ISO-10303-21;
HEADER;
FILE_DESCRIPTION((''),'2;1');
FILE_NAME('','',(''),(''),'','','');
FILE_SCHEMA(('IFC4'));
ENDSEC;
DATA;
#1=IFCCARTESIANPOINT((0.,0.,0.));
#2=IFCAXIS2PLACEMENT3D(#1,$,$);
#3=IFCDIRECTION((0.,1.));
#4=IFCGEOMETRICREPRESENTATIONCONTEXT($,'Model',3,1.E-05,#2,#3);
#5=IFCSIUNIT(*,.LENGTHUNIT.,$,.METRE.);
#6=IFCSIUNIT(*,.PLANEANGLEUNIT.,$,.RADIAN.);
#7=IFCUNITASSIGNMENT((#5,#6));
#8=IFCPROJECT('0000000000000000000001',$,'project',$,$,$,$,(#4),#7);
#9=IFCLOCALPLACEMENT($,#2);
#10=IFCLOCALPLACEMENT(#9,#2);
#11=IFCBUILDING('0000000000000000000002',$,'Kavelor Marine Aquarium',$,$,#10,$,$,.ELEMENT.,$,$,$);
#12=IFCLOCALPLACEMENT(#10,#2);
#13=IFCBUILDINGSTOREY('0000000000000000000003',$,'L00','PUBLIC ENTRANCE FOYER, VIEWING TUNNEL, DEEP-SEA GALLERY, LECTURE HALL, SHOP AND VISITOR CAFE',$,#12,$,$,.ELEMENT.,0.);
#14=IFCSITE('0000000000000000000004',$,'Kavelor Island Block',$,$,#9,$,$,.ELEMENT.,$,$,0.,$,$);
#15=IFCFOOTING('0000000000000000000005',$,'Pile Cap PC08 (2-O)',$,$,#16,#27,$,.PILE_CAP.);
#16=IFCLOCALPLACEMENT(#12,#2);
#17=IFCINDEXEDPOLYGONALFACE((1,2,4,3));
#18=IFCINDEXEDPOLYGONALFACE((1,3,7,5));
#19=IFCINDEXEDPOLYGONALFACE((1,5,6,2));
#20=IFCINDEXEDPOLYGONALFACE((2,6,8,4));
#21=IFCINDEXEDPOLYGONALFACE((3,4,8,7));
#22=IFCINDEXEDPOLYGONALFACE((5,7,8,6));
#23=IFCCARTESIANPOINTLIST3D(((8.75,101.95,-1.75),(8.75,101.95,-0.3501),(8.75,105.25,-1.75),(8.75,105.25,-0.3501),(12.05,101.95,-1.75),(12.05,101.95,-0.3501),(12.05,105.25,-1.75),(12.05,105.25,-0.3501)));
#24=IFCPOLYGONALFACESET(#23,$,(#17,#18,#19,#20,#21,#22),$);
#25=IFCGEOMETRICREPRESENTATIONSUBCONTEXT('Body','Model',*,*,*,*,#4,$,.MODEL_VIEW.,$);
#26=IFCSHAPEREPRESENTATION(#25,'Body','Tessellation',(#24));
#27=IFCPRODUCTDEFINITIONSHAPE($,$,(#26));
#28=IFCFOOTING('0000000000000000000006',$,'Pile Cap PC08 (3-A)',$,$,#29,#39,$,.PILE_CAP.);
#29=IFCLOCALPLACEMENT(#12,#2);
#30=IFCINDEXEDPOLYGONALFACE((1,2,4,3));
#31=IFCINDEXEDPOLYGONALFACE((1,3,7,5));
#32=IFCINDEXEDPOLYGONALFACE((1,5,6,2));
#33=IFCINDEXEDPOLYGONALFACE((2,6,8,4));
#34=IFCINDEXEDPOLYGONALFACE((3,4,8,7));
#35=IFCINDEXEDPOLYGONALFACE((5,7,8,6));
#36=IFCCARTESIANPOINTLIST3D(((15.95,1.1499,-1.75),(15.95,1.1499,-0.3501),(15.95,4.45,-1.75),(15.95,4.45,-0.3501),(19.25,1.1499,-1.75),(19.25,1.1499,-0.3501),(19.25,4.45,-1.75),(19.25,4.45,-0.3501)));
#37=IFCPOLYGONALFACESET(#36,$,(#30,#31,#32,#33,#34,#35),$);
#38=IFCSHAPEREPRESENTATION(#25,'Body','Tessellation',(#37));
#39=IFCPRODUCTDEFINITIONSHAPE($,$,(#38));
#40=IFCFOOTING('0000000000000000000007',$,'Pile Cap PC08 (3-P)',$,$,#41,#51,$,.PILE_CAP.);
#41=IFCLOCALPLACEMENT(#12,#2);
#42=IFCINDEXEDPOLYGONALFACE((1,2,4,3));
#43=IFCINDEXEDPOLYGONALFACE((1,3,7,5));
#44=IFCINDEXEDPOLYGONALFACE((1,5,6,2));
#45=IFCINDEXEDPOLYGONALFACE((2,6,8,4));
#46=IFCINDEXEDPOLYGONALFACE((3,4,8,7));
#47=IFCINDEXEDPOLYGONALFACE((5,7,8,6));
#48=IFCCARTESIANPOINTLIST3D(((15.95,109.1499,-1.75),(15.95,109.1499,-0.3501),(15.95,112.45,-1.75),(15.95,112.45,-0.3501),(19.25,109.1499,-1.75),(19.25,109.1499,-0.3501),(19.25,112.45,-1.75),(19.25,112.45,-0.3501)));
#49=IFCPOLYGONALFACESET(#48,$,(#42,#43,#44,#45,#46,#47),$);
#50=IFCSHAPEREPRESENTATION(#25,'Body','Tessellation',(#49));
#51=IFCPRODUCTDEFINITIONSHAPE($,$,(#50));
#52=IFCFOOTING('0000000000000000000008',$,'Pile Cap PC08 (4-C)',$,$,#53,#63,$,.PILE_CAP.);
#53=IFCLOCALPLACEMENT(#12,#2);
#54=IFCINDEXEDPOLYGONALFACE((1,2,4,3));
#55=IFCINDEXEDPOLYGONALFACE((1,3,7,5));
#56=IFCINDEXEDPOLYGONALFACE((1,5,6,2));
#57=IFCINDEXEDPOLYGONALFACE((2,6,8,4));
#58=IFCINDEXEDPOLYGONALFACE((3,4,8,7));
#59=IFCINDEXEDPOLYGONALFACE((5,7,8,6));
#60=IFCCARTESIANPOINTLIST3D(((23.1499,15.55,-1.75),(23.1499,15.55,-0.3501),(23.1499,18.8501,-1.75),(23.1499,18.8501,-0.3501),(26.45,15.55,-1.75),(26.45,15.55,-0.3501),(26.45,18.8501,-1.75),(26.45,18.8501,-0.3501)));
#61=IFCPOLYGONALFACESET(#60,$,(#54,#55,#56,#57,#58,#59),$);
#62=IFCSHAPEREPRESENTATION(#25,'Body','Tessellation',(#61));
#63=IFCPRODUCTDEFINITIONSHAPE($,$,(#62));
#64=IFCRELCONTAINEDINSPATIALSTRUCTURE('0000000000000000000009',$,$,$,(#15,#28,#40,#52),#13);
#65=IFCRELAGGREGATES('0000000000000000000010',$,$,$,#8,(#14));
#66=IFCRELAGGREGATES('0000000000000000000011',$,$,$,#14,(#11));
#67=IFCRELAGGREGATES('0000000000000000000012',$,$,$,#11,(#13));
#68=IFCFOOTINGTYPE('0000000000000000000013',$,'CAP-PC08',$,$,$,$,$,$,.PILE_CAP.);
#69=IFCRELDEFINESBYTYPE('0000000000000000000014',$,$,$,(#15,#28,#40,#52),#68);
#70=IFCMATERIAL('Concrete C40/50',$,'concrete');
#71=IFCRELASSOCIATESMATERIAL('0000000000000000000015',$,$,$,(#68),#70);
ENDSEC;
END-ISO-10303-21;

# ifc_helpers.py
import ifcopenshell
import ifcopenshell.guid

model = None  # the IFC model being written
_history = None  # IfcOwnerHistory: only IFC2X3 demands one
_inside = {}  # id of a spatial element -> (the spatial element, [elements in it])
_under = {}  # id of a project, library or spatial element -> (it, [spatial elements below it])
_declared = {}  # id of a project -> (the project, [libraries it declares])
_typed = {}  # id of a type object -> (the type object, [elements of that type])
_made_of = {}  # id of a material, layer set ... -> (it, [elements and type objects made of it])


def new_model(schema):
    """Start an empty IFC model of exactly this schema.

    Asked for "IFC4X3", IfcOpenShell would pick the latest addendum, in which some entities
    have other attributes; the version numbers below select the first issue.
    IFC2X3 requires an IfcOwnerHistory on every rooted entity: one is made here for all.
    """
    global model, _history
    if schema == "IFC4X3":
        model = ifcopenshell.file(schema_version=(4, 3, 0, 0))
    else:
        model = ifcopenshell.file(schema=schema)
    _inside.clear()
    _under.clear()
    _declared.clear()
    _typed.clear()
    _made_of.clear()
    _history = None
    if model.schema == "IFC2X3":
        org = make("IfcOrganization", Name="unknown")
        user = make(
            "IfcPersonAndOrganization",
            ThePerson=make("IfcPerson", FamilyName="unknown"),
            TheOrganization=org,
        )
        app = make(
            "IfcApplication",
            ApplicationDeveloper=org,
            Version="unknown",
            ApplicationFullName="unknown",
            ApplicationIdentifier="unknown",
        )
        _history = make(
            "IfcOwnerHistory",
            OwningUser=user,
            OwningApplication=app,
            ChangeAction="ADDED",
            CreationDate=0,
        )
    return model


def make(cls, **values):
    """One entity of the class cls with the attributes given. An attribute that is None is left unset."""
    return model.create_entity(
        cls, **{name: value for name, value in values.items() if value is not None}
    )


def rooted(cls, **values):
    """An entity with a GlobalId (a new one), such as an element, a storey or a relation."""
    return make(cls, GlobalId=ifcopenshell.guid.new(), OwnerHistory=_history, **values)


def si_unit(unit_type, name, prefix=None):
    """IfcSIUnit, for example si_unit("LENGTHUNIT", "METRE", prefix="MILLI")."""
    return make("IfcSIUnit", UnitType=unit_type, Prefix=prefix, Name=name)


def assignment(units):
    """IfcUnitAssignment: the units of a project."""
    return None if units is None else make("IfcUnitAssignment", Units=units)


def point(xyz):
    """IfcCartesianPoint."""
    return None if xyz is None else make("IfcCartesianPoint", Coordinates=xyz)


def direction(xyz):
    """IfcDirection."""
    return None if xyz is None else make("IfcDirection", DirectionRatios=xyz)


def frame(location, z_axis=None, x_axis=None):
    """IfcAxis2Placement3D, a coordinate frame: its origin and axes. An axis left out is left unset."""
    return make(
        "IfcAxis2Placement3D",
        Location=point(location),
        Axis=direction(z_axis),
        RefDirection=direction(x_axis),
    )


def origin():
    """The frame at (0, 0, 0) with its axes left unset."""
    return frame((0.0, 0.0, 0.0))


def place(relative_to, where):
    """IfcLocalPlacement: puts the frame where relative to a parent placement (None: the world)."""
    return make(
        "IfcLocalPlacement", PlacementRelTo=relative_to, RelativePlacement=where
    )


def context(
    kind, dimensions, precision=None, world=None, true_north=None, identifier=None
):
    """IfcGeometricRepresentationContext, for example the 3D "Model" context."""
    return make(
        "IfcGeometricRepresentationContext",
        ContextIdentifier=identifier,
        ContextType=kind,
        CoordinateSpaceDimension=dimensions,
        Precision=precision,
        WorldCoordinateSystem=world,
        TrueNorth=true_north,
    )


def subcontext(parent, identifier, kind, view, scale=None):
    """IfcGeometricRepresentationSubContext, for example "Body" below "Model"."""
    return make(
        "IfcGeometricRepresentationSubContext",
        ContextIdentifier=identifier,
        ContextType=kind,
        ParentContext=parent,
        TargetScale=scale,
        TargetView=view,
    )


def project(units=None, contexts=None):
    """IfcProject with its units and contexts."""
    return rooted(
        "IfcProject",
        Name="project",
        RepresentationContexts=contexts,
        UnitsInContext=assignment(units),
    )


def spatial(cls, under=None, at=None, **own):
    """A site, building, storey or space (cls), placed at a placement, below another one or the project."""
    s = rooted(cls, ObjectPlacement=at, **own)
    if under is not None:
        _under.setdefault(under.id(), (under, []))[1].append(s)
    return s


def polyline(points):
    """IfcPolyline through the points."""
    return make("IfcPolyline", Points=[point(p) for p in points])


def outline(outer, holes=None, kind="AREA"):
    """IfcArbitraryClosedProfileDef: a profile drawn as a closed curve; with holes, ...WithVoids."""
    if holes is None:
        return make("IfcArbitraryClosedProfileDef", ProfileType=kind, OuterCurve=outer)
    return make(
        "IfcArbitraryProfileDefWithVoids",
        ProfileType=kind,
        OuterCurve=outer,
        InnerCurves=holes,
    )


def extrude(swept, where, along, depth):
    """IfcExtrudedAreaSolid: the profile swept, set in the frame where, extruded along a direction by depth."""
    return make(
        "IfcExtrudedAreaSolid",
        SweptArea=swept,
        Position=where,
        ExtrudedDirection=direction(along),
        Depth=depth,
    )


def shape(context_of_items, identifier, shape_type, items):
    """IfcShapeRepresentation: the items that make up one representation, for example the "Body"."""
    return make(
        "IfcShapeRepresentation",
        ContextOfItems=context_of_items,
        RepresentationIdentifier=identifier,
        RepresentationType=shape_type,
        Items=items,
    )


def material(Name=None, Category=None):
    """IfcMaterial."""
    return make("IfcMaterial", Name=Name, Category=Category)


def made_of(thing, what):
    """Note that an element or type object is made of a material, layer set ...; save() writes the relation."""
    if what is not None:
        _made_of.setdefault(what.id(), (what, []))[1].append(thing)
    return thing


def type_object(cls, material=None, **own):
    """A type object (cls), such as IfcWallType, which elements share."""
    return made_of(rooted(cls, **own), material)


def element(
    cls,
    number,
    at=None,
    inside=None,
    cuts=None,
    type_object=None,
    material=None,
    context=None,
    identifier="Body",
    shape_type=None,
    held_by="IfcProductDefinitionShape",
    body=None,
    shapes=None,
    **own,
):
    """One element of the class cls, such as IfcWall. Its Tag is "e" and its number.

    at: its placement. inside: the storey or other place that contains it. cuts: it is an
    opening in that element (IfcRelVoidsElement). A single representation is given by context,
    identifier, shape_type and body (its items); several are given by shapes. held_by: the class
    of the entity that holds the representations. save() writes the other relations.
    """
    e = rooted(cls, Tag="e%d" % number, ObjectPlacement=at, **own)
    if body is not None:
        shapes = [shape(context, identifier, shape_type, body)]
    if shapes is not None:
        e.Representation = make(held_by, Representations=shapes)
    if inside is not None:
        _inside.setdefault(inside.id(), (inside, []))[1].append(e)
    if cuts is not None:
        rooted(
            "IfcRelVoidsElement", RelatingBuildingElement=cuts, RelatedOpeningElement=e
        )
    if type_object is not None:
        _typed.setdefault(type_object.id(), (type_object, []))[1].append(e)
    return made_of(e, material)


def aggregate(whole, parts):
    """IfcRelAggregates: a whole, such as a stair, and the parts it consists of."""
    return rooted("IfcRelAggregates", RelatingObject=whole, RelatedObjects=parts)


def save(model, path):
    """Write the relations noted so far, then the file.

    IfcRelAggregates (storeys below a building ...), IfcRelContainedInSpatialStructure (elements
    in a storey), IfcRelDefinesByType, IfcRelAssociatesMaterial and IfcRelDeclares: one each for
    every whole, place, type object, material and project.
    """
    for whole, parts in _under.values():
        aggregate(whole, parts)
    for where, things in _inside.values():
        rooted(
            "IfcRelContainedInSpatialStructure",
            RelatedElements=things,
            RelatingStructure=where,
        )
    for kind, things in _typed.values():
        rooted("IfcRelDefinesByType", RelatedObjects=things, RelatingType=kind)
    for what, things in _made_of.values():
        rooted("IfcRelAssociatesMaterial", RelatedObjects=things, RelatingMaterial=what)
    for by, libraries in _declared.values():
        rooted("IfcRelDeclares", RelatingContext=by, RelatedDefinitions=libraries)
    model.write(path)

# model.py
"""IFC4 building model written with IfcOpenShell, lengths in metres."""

from ifc_helpers import new_model, si_unit, direction, frame, origin, place, context, subcontext, project, spatial, polyline, outline, extrude, material, type_object, element, save


model = new_model("IFC4")

# Units and contexts
model_context = context("Model", 3, precision=1e-05, world=origin(), true_north=direction((0.0, 1.0)))
body_context = subcontext(model_context, "Body", "Model", "MODEL_VIEW")
ifc_project = project(units=[si_unit("LENGTHUNIT", "METRE"), si_unit("PLANEANGLEUNIT", "RADIAN")], contexts=[model_context])

# Site, building, storey
site_placement = place(None, origin())
site = spatial("IfcSite", under=ifc_project, at=site_placement, Name="Kavelor Island Block", CompositionType="ELEMENT", RefElevation=0.0)
building_placement = place(site_placement, origin())
building = spatial("IfcBuilding", under=site, at=building_placement, Name="Kavelor Marine Aquarium", CompositionType="ELEMENT")
storey_placement = place(building_placement, origin())
storey = spatial("IfcBuildingStorey", under=building, at=storey_placement, Name="L00", Description="PUBLIC ENTRANCE FOYER, VIEWING TUNNEL, DEEP-SEA GALLERY, LECTURE HALL, SHOP AND VISITOR CAFE", CompositionType="ELEMENT", Elevation=0.0)

# Footings
ifc_material_1 = material(Name="Concrete C40/50", Category="concrete")
footing_type_1 = type_object("IfcFootingType", Name="CAP-PC08", PredefinedType="PILE_CAP", material=ifc_material_1)
footing_1_placement = place(storey_placement, frame((0.0, 0.0, -1.75)))
element("IfcFooting", 1, at=footing_1_placement, inside=storey, type_object=footing_type_1, Name="Pile Cap PC08 (2-O)", PredefinedType="PILE_CAP", context=body_context, shape_type="SweptSolid", body=[
    extrude(outline(polyline([(8.75, 101.95), (12.05, 101.95), (12.05, 105.25), (8.75, 105.25), (8.75, 101.95)])), origin(), (0.0, 0.0, 1.0), 1.3999),
])
footing_2_placement = place(storey_placement, frame((0.0, 0.0, -1.75)))
element("IfcFooting", 2, at=footing_2_placement, inside=storey, type_object=footing_type_1, Name="Pile Cap PC08 (3-A)", PredefinedType="PILE_CAP", context=body_context, shape_type="SweptSolid", body=[
    extrude(outline(polyline([(15.95, 1.1499), (19.25, 1.1499), (19.25, 4.45), (15.95, 4.45), (15.95, 1.1499)])), origin(), (0.0, 0.0, 1.0), 1.3999),
])
footing_3_placement = place(storey_placement, frame((0.0, 0.0, -1.75)))
element("IfcFooting", 3, at=footing_3_placement, inside=storey, type_object=footing_type_1, Name="Pile Cap PC08 (3-P)", PredefinedType="PILE_CAP", context=body_context, shape_type="SweptSolid", body=[
    extrude(outline(polyline([(15.95, 109.1499), (19.25, 109.1499), (19.25, 112.45), (15.95, 112.45), (15.95, 109.1499)])), origin(), (0.0, 0.0, 1.0), 1.3999),
])
footing_4_placement = place(storey_placement, frame((0.0, 0.0, -1.75)))
element("IfcFooting", 4, at=footing_4_placement, inside=storey, type_object=footing_type_1, Name="Pile Cap PC08 (4-C)", PredefinedType="PILE_CAP", context=body_context, shape_type="SweptSolid", body=[
    extrude(outline(polyline([(23.1499, 15.55), (26.45, 15.55), (26.45, 18.8501), (23.1499, 18.8501), (23.1499, 15.55)])), origin(), (0.0, 0.0, 1.0), 1.3999),
])

save(model, "model.ifc")
